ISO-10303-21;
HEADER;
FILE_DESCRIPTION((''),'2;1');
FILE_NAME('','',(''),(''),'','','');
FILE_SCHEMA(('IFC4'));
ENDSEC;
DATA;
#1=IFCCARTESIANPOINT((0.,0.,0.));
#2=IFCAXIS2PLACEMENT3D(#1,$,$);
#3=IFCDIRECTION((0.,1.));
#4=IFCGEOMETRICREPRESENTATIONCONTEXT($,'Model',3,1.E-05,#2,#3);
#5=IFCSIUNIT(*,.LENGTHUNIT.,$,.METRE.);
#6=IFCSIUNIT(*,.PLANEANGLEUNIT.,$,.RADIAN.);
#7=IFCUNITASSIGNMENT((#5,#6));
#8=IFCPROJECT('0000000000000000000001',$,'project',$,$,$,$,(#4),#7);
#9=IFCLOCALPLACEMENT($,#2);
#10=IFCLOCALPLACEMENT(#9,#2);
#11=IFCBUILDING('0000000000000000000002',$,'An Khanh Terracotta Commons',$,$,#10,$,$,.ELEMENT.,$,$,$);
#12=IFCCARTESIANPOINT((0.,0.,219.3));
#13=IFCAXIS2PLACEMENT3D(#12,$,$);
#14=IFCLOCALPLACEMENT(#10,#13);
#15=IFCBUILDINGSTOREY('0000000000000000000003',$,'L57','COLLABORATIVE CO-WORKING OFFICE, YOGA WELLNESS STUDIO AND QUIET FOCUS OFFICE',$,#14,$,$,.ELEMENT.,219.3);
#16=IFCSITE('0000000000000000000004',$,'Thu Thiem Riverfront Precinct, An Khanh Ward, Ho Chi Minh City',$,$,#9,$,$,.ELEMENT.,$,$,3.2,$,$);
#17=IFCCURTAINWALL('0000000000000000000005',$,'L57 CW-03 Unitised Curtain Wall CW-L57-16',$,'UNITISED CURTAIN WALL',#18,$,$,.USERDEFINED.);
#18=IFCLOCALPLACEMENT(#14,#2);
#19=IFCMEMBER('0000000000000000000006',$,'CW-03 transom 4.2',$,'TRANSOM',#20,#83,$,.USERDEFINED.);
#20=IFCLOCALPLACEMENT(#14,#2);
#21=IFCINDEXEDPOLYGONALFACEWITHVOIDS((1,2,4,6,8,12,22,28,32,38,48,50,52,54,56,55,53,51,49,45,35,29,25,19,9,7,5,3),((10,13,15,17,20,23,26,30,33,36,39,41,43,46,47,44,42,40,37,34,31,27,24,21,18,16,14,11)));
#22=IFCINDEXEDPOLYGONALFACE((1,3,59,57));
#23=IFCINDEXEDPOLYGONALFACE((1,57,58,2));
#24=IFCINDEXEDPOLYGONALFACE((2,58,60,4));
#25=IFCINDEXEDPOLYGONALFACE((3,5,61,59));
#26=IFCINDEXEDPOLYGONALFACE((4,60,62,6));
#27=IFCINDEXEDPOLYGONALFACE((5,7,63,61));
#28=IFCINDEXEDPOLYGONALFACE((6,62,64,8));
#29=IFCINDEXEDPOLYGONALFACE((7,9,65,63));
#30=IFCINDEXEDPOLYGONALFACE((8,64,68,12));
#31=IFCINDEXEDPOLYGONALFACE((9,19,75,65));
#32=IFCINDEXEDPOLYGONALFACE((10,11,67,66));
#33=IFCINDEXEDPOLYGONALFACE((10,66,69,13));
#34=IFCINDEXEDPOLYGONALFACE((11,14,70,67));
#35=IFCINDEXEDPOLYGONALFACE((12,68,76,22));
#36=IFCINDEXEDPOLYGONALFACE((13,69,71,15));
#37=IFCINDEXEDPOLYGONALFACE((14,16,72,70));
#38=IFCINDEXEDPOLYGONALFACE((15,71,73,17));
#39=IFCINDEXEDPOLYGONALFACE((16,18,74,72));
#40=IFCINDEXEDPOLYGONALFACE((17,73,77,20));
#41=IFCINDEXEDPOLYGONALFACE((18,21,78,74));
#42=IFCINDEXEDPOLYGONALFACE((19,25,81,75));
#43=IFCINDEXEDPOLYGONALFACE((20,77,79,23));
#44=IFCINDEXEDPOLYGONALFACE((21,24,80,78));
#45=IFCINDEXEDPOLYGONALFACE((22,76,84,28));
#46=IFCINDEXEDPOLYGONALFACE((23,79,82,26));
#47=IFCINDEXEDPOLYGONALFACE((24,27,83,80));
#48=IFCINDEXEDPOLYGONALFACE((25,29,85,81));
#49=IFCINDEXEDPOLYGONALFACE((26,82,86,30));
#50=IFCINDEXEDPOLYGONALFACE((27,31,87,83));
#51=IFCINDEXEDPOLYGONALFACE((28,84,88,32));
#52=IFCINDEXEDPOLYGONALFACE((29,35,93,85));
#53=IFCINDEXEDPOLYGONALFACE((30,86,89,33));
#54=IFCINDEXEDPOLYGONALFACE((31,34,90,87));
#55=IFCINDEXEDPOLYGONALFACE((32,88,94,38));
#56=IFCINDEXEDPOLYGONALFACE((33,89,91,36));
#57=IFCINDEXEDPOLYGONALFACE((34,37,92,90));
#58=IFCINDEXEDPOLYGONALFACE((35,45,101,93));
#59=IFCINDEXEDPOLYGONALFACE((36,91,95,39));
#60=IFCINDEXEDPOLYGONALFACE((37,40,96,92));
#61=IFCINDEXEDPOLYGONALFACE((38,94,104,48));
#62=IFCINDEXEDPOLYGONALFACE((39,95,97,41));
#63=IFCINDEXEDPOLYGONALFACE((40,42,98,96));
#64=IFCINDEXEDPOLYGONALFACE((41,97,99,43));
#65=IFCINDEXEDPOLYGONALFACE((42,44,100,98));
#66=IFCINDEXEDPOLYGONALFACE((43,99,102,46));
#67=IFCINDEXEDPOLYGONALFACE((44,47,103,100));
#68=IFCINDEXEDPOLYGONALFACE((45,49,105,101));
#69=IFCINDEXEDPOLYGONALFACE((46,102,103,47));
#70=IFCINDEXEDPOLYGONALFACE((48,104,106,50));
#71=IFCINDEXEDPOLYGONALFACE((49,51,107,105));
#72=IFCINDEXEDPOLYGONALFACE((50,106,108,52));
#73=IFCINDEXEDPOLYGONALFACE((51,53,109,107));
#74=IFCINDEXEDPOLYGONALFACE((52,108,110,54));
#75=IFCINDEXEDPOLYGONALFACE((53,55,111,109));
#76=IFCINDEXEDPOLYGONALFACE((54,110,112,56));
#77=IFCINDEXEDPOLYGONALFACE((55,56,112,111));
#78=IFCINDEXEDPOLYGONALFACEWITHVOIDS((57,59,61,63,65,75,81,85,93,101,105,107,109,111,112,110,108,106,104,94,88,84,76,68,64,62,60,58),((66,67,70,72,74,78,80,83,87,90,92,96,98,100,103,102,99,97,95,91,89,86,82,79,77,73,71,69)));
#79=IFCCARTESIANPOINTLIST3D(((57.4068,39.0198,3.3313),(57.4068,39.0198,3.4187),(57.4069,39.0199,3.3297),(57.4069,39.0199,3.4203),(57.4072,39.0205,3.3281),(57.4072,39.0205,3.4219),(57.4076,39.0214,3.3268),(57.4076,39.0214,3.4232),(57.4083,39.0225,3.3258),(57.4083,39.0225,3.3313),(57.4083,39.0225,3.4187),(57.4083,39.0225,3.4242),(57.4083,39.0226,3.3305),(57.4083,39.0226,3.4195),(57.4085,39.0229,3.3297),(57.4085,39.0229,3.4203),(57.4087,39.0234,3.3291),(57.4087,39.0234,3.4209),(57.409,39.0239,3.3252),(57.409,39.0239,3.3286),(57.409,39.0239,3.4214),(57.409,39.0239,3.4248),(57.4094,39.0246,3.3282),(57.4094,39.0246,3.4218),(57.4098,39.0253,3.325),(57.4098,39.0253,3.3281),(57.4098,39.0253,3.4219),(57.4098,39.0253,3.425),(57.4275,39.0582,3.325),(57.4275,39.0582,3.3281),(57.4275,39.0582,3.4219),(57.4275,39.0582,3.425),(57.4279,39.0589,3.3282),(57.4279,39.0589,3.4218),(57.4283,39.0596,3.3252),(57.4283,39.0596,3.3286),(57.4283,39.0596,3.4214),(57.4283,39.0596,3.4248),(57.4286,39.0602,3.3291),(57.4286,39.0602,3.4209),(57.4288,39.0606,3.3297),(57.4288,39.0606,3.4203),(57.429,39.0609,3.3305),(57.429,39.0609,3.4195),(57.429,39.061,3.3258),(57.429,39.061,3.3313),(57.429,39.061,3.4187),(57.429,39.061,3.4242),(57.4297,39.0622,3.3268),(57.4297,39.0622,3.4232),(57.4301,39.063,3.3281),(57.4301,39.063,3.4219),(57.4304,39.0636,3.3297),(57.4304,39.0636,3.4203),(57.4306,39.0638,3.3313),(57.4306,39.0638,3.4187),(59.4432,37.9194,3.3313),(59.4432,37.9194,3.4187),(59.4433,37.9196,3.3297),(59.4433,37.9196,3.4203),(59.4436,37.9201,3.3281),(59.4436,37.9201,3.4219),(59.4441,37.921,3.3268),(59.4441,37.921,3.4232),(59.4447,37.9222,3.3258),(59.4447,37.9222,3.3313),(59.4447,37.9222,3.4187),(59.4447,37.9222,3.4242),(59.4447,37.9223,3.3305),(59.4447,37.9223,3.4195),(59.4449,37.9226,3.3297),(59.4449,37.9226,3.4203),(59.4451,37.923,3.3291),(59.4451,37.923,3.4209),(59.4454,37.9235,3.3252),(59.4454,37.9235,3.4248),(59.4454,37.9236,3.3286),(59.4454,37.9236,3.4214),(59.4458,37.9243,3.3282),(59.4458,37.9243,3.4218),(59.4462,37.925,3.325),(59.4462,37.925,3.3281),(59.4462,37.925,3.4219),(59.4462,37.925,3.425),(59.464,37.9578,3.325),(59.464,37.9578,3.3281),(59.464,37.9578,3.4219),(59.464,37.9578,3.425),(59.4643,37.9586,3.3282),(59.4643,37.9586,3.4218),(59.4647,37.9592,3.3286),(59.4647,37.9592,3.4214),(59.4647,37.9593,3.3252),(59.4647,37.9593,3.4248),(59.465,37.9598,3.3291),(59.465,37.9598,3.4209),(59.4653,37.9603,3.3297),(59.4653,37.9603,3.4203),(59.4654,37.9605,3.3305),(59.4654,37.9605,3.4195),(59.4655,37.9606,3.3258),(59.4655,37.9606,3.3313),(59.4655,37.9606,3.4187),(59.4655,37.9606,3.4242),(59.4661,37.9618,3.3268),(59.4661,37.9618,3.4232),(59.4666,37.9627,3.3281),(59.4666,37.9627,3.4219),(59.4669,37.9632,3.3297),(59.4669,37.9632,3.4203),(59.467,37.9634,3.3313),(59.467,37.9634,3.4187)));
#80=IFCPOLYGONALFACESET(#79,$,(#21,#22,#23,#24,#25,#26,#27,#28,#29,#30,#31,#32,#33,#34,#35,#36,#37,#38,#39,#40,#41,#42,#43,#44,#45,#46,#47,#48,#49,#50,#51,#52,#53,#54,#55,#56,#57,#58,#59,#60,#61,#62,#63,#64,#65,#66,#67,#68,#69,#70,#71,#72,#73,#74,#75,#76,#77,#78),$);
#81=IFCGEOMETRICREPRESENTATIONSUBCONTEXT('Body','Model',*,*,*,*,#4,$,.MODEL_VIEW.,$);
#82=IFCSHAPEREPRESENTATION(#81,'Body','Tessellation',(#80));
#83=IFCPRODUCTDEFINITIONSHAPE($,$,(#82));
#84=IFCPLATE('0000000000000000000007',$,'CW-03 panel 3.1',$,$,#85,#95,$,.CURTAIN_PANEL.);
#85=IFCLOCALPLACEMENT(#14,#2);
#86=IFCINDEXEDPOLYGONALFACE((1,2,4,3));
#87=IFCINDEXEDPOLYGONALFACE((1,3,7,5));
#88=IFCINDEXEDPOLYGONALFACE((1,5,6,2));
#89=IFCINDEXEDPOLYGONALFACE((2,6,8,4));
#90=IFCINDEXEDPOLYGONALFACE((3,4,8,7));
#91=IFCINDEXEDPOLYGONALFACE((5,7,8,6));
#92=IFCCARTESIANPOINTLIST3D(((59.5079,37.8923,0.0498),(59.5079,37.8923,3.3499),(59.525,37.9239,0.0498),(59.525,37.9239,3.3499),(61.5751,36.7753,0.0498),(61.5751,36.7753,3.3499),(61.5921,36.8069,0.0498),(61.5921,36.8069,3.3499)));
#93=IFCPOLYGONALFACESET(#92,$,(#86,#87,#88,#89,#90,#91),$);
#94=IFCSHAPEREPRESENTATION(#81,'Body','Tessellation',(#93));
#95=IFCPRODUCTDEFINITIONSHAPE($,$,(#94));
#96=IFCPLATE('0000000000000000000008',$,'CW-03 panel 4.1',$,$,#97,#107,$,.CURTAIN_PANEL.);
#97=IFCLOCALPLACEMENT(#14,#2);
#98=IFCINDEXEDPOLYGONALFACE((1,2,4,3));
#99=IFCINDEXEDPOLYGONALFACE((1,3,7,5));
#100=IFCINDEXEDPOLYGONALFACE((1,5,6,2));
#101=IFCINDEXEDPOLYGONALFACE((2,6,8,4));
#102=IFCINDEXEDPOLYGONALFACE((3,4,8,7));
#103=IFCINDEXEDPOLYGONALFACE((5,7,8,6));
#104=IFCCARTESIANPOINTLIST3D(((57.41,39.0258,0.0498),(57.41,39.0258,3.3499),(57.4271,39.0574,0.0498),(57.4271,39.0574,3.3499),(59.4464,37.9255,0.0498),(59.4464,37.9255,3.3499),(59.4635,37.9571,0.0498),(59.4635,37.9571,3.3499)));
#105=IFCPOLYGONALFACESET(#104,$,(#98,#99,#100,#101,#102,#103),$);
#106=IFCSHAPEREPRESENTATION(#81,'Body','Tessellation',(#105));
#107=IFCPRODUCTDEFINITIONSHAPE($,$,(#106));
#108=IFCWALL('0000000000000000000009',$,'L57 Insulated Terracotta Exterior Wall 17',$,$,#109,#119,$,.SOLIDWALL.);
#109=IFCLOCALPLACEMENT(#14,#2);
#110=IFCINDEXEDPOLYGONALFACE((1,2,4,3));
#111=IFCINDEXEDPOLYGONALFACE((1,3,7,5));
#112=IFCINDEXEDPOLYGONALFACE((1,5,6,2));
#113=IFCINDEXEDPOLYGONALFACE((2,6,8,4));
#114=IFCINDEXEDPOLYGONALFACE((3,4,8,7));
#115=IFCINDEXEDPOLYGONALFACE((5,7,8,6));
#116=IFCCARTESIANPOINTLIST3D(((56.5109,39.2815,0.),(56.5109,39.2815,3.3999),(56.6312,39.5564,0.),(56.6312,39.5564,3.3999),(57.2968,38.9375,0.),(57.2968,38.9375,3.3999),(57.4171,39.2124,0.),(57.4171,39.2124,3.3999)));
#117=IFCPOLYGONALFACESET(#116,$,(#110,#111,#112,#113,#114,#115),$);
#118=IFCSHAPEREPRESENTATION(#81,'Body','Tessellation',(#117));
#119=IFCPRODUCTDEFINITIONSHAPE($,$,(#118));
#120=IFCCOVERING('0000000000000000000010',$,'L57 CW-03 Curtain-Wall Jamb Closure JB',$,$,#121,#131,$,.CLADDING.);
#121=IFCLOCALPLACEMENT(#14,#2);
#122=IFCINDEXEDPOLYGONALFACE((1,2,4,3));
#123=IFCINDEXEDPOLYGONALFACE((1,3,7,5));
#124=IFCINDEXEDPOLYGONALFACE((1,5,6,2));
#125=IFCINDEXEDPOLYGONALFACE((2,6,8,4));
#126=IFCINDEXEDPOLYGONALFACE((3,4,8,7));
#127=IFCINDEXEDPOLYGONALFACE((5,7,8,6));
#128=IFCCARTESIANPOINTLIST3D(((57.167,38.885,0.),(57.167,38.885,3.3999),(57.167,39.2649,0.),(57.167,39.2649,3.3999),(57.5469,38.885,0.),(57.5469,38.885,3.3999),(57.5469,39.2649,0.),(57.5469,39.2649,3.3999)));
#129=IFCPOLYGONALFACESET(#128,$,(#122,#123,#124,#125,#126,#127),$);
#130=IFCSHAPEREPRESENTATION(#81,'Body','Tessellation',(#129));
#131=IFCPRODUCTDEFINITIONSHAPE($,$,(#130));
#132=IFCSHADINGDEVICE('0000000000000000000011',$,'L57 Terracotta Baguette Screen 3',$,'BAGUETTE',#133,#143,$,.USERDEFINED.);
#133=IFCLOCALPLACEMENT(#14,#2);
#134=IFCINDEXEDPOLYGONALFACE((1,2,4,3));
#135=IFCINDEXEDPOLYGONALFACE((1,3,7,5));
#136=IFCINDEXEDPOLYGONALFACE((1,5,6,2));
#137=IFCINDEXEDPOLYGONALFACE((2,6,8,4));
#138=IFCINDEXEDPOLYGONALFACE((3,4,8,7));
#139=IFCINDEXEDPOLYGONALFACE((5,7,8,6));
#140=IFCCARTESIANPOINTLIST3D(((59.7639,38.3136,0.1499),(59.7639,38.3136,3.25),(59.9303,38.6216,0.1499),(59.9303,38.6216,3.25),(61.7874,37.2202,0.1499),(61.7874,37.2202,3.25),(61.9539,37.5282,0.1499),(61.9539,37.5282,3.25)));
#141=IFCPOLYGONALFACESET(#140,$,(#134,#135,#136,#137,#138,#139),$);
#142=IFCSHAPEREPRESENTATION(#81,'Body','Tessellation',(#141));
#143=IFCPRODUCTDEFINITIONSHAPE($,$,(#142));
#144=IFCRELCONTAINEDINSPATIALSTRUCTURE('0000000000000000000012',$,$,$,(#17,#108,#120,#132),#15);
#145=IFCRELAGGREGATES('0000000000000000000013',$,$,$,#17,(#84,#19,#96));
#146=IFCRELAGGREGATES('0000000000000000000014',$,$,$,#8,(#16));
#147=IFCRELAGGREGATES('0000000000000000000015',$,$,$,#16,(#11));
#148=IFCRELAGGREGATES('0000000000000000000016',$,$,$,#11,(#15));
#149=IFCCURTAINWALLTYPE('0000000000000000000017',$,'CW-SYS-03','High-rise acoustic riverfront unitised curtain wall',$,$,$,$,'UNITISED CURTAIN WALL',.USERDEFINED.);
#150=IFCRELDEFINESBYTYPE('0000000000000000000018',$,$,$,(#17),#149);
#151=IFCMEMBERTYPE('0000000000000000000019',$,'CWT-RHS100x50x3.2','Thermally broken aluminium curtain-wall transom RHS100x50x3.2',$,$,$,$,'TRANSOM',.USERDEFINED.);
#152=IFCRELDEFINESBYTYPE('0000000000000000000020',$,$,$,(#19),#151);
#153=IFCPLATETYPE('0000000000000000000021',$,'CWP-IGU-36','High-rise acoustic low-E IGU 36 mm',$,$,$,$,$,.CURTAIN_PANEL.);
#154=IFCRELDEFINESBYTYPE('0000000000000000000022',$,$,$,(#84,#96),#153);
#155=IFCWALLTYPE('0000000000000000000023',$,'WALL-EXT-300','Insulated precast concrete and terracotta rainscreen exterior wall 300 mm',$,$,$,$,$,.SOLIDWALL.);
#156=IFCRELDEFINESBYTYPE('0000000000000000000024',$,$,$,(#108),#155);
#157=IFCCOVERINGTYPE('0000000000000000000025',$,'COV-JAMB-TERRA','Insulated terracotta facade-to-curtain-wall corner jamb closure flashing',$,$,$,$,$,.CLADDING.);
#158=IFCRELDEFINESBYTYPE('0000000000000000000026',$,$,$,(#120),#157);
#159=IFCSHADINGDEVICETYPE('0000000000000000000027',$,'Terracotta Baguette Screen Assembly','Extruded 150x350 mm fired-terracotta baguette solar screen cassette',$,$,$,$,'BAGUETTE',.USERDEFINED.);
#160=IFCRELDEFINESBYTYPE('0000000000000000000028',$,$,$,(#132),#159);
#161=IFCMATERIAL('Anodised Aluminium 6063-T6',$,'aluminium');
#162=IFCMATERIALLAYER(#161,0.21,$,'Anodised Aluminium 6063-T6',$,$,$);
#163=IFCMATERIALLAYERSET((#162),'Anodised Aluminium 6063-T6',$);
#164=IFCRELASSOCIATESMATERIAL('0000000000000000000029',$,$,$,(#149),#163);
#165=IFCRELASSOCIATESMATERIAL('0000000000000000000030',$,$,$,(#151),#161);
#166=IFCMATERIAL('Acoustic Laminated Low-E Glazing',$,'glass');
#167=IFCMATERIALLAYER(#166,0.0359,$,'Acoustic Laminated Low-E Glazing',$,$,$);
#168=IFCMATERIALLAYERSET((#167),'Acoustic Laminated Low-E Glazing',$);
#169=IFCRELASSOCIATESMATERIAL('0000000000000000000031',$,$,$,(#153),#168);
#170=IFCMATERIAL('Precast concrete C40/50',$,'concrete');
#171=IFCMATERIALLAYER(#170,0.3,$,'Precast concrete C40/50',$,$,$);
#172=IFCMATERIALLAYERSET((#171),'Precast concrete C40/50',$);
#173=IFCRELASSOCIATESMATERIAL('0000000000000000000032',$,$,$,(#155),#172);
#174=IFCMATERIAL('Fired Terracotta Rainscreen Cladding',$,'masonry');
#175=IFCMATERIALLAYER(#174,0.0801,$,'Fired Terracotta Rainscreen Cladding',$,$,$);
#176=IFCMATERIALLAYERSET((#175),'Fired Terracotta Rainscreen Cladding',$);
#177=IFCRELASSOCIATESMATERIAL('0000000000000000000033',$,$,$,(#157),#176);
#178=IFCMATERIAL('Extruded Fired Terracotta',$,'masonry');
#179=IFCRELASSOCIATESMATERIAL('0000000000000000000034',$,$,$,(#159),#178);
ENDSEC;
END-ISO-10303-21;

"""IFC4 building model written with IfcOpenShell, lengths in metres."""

from ifc_helpers import new_model, si_unit, direction, frame, frame_2d, origin, origin_2d, place, context, subcontext, project, spatial, rectangle, hollow_rectangle, extrude, material, layer, layer_set, material_profile, profile_set, type_object, element, aggregate, save


model = new_model("IFC4")

# Units and contexts
model_context = context("Model", 3, precision=1e-05, world=origin(), true_north=direction((0.0, 1.0)))
body_context = subcontext(model_context, "Body", "Model", "MODEL_VIEW")
ifc_project = project(units=[si_unit("LENGTHUNIT", "METRE"), si_unit("PLANEANGLEUNIT", "RADIAN")], contexts=[model_context])

# Site, building, storey
site_placement = place(None, origin())
site = spatial("IfcSite", under=ifc_project, at=site_placement, Name="Thu Thiem Riverfront Precinct, An Khanh Ward, Ho Chi Minh City", CompositionType="ELEMENT", RefElevation=3.2)
building_placement = place(site_placement, origin())
building = spatial("IfcBuilding", under=site, at=building_placement, Name="An Khanh Terracotta Commons", CompositionType="ELEMENT")
storey_placement = place(building_placement, frame((0.0, 0.0, 219.3)))
storey = spatial("IfcBuildingStorey", under=building, at=storey_placement, Name="L57", Description="COLLABORATIVE CO-WORKING OFFICE, YOGA WELLNESS STUDIO AND QUIET FOCUS OFFICE", CompositionType="ELEMENT", Elevation=219.3)

# Curtain wall, member, plates
ifc_material_1 = material(Name="Anodised Aluminium 6063-T6", Category="aluminium")
ifc_layer_1 = layer(ifc_material_1, 0.21, Name="Anodised Aluminium 6063-T6")
ifc_layer_set_1 = layer_set([ifc_layer_1], Name="Anodised Aluminium 6063-T6")
curtain_wall_type = type_object("IfcCurtainWallType", Name="CW-SYS-03", Description="High-rise acoustic riverfront unitised curtain wall", ElementType="UNITISED CURTAIN WALL", PredefinedType="USERDEFINED", material=ifc_layer_set_1)
curtain_wall_placement = place(storey_placement, origin())
curtain_wall = element("IfcCurtainWall", 1, at=curtain_wall_placement, inside=storey, type_object=curtain_wall_type, Name="L57 CW-03 Unitised Curtain Wall CW-L57-16", ObjectType="UNITISED CURTAIN WALL", PredefinedType="USERDEFINED")
ifc_material_profile_1 = material_profile(ifc_material_1, hollow_rectangle(XDim=0.05, YDim=0.1001, WallThickness=0.0032, InnerFilletRadius=0.0032, OuterFilletRadius=0.0063, at=origin_2d()), Name="RHS100x50x3.2")
ifc_profile_set_1 = profile_set([ifc_material_profile_1], Name="Anodised Aluminium 6063-T6")
member_type_1 = type_object("IfcMemberType", Name="CWT-RHS100x50x3.2", Description="Thermally broken aluminium curtain-wall transom RHS100x50x3.2", ElementType="TRANSOM", PredefinedType="USERDEFINED", material=ifc_profile_set_1)
member_1_placement = place(storey_placement, frame((59.4551, 37.9414, 3.375), z_axis=(-0.879779, 0.475382, 0.0), x_axis=(-0.475382, -0.879779, 0.0)))
member_1 = element("IfcMember", 2, at=member_1_placement, type_object=member_type_1, Name="CW-03 transom 4.2", ObjectType="TRANSOM", PredefinedType="USERDEFINED", context=body_context, shape_type="SweptSolid", body=[
    extrude(hollow_rectangle(XDim=0.05, YDim=0.1001, WallThickness=0.0032, InnerFilletRadius=0.0032, OuterFilletRadius=0.0063, at=origin_2d()), origin(), (0.0, 0.0, 1.0), 2.3147),
])
ifc_material_2 = material(Name="Acoustic Laminated Low-E Glazing", Category="glass")
ifc_layer_2 = layer(ifc_material_2, 0.0359, Name="Acoustic Laminated Low-E Glazing")
ifc_layer_set_2 = layer_set([ifc_layer_2], Name="Acoustic Laminated Low-E Glazing")
plate_type = type_object("IfcPlateType", Name="CWP-IGU-36", Description="High-rise acoustic low-E IGU 36 mm", PredefinedType="CURTAIN_PANEL", material=ifc_layer_set_2)
plate_1_placement = place(storey_placement, frame((60.55, 37.3496, 0.0498), z_axis=(0.0, 0.0, 1.0), x_axis=(-0.87978, 0.475381, 0.0)))
plate_1 = element("IfcPlate", 3, at=plate_1_placement, type_object=plate_type, Name="CW-03 panel 3.1", PredefinedType="CURTAIN_PANEL", context=body_context, shape_type="SweptSolid", body=[
    extrude(rectangle(XDim=2.3496, YDim=0.0359, at=origin_2d()), origin(), (0.0, 0.0, 1.0), 3.3),
])
plate_2_placement = place(storey_placement, frame((58.4368, 38.4915, 0.0498), z_axis=(0.0, 0.0, 1.0), x_axis=(-0.87978, 0.475381, 0.0)))
plate_2 = element("IfcPlate", 4, at=plate_2_placement, type_object=plate_type, Name="CW-03 panel 4.1", PredefinedType="CURTAIN_PANEL", context=body_context, shape_type="SweptSolid", body=[
    extrude(rectangle(XDim=2.3147, YDim=0.0359, at=origin_2d()), origin(), (0.0, 0.0, 1.0), 3.3),
])
aggregate(curtain_wall, [plate_1, member_1, plate_2])

# Wall
ifc_material_3 = material(Name="Precast concrete C40/50", Category="concrete")
ifc_layer_3 = layer(ifc_material_3, 0.3, Name="Precast concrete C40/50")
ifc_layer_set_3 = layer_set([ifc_layer_3], Name="Precast concrete C40/50")
wall_type = type_object("IfcWallType", Name="WALL-EXT-300", Description="Insulated precast concrete and terracotta rainscreen exterior wall 300 mm", PredefinedType="SOLIDWALL", material=ifc_layer_set_3)
wall_placement = place(storey_placement, frame((57.3569, 39.075, 0.0), z_axis=(0.0, 0.0, 1.0), x_axis=(-0.916085, 0.400983, 0.0)))
element("IfcWall", 5, at=wall_placement, inside=storey, type_object=wall_type, Name="L57 Insulated Terracotta Exterior Wall 17", PredefinedType="SOLIDWALL", context=body_context, shape_type="SweptSolid", body=[
    extrude(rectangle(XDim=0.8579, YDim=0.3, at=frame_2d((0.429, 0.0))), origin(), (0.0, 0.0, 1.0), 3.3999),
])

# Covering
ifc_material_4 = material(Name="Fired Terracotta Rainscreen Cladding", Category="masonry")
ifc_layer_4 = layer(ifc_material_4, 0.0801, Name="Fired Terracotta Rainscreen Cladding")
ifc_layer_set_4 = layer_set([ifc_layer_4], Name="Fired Terracotta Rainscreen Cladding")
covering_type = type_object("IfcCoveringType", Name="COV-JAMB-TERRA", Description="Insulated terracotta facade-to-curtain-wall corner jamb closure flashing", PredefinedType="CLADDING", material=ifc_layer_set_4)
covering_placement = place(storey_placement, frame((57.3569, 39.075, 0.0), z_axis=(0.0, 0.0, 1.0), x_axis=(1.0, 0.0, 0.0)))
element("IfcCovering", 6, at=covering_placement, inside=storey, type_object=covering_type, Name="L57 CW-03 Curtain-Wall Jamb Closure JB", PredefinedType="CLADDING", context=body_context, shape_type="SweptSolid", body=[
    extrude(rectangle(XDim=0.3799, YDim=0.3799, at=origin_2d()), origin(), (0.0, 0.0, 1.0), 3.3999),
])

# Shading device
ifc_material_5 = material(Name="Extruded Fired Terracotta", Category="masonry")
shading_device_type = type_object("IfcShadingDeviceType", Name="Terracotta Baguette Screen Assembly", Description="Extruded 150x350 mm fired-terracotta baguette solar screen cassette", ElementType="BAGUETTE", PredefinedType="USERDEFINED", material=ifc_material_5)
shading_device_placement = place(storey_placement, frame((60.8589, 37.9209, 0.1499), z_axis=(0.0, 0.0, 1.0), x_axis=(-0.87978, 0.475381, 0.0)))
element("IfcShadingDevice", 7, at=shading_device_placement, inside=storey, type_object=shading_device_type, Name="L57 Terracotta Baguette Screen 3", ObjectType="BAGUETTE", PredefinedType="USERDEFINED", context=body_context, shape_type="SweptSolid", body=[
    extrude(rectangle(XDim=2.3, YDim=0.3501, at=origin_2d()), origin(), (0.0, 0.0, 1.0), 3.1001),
])

save(model, "model.ifc")
